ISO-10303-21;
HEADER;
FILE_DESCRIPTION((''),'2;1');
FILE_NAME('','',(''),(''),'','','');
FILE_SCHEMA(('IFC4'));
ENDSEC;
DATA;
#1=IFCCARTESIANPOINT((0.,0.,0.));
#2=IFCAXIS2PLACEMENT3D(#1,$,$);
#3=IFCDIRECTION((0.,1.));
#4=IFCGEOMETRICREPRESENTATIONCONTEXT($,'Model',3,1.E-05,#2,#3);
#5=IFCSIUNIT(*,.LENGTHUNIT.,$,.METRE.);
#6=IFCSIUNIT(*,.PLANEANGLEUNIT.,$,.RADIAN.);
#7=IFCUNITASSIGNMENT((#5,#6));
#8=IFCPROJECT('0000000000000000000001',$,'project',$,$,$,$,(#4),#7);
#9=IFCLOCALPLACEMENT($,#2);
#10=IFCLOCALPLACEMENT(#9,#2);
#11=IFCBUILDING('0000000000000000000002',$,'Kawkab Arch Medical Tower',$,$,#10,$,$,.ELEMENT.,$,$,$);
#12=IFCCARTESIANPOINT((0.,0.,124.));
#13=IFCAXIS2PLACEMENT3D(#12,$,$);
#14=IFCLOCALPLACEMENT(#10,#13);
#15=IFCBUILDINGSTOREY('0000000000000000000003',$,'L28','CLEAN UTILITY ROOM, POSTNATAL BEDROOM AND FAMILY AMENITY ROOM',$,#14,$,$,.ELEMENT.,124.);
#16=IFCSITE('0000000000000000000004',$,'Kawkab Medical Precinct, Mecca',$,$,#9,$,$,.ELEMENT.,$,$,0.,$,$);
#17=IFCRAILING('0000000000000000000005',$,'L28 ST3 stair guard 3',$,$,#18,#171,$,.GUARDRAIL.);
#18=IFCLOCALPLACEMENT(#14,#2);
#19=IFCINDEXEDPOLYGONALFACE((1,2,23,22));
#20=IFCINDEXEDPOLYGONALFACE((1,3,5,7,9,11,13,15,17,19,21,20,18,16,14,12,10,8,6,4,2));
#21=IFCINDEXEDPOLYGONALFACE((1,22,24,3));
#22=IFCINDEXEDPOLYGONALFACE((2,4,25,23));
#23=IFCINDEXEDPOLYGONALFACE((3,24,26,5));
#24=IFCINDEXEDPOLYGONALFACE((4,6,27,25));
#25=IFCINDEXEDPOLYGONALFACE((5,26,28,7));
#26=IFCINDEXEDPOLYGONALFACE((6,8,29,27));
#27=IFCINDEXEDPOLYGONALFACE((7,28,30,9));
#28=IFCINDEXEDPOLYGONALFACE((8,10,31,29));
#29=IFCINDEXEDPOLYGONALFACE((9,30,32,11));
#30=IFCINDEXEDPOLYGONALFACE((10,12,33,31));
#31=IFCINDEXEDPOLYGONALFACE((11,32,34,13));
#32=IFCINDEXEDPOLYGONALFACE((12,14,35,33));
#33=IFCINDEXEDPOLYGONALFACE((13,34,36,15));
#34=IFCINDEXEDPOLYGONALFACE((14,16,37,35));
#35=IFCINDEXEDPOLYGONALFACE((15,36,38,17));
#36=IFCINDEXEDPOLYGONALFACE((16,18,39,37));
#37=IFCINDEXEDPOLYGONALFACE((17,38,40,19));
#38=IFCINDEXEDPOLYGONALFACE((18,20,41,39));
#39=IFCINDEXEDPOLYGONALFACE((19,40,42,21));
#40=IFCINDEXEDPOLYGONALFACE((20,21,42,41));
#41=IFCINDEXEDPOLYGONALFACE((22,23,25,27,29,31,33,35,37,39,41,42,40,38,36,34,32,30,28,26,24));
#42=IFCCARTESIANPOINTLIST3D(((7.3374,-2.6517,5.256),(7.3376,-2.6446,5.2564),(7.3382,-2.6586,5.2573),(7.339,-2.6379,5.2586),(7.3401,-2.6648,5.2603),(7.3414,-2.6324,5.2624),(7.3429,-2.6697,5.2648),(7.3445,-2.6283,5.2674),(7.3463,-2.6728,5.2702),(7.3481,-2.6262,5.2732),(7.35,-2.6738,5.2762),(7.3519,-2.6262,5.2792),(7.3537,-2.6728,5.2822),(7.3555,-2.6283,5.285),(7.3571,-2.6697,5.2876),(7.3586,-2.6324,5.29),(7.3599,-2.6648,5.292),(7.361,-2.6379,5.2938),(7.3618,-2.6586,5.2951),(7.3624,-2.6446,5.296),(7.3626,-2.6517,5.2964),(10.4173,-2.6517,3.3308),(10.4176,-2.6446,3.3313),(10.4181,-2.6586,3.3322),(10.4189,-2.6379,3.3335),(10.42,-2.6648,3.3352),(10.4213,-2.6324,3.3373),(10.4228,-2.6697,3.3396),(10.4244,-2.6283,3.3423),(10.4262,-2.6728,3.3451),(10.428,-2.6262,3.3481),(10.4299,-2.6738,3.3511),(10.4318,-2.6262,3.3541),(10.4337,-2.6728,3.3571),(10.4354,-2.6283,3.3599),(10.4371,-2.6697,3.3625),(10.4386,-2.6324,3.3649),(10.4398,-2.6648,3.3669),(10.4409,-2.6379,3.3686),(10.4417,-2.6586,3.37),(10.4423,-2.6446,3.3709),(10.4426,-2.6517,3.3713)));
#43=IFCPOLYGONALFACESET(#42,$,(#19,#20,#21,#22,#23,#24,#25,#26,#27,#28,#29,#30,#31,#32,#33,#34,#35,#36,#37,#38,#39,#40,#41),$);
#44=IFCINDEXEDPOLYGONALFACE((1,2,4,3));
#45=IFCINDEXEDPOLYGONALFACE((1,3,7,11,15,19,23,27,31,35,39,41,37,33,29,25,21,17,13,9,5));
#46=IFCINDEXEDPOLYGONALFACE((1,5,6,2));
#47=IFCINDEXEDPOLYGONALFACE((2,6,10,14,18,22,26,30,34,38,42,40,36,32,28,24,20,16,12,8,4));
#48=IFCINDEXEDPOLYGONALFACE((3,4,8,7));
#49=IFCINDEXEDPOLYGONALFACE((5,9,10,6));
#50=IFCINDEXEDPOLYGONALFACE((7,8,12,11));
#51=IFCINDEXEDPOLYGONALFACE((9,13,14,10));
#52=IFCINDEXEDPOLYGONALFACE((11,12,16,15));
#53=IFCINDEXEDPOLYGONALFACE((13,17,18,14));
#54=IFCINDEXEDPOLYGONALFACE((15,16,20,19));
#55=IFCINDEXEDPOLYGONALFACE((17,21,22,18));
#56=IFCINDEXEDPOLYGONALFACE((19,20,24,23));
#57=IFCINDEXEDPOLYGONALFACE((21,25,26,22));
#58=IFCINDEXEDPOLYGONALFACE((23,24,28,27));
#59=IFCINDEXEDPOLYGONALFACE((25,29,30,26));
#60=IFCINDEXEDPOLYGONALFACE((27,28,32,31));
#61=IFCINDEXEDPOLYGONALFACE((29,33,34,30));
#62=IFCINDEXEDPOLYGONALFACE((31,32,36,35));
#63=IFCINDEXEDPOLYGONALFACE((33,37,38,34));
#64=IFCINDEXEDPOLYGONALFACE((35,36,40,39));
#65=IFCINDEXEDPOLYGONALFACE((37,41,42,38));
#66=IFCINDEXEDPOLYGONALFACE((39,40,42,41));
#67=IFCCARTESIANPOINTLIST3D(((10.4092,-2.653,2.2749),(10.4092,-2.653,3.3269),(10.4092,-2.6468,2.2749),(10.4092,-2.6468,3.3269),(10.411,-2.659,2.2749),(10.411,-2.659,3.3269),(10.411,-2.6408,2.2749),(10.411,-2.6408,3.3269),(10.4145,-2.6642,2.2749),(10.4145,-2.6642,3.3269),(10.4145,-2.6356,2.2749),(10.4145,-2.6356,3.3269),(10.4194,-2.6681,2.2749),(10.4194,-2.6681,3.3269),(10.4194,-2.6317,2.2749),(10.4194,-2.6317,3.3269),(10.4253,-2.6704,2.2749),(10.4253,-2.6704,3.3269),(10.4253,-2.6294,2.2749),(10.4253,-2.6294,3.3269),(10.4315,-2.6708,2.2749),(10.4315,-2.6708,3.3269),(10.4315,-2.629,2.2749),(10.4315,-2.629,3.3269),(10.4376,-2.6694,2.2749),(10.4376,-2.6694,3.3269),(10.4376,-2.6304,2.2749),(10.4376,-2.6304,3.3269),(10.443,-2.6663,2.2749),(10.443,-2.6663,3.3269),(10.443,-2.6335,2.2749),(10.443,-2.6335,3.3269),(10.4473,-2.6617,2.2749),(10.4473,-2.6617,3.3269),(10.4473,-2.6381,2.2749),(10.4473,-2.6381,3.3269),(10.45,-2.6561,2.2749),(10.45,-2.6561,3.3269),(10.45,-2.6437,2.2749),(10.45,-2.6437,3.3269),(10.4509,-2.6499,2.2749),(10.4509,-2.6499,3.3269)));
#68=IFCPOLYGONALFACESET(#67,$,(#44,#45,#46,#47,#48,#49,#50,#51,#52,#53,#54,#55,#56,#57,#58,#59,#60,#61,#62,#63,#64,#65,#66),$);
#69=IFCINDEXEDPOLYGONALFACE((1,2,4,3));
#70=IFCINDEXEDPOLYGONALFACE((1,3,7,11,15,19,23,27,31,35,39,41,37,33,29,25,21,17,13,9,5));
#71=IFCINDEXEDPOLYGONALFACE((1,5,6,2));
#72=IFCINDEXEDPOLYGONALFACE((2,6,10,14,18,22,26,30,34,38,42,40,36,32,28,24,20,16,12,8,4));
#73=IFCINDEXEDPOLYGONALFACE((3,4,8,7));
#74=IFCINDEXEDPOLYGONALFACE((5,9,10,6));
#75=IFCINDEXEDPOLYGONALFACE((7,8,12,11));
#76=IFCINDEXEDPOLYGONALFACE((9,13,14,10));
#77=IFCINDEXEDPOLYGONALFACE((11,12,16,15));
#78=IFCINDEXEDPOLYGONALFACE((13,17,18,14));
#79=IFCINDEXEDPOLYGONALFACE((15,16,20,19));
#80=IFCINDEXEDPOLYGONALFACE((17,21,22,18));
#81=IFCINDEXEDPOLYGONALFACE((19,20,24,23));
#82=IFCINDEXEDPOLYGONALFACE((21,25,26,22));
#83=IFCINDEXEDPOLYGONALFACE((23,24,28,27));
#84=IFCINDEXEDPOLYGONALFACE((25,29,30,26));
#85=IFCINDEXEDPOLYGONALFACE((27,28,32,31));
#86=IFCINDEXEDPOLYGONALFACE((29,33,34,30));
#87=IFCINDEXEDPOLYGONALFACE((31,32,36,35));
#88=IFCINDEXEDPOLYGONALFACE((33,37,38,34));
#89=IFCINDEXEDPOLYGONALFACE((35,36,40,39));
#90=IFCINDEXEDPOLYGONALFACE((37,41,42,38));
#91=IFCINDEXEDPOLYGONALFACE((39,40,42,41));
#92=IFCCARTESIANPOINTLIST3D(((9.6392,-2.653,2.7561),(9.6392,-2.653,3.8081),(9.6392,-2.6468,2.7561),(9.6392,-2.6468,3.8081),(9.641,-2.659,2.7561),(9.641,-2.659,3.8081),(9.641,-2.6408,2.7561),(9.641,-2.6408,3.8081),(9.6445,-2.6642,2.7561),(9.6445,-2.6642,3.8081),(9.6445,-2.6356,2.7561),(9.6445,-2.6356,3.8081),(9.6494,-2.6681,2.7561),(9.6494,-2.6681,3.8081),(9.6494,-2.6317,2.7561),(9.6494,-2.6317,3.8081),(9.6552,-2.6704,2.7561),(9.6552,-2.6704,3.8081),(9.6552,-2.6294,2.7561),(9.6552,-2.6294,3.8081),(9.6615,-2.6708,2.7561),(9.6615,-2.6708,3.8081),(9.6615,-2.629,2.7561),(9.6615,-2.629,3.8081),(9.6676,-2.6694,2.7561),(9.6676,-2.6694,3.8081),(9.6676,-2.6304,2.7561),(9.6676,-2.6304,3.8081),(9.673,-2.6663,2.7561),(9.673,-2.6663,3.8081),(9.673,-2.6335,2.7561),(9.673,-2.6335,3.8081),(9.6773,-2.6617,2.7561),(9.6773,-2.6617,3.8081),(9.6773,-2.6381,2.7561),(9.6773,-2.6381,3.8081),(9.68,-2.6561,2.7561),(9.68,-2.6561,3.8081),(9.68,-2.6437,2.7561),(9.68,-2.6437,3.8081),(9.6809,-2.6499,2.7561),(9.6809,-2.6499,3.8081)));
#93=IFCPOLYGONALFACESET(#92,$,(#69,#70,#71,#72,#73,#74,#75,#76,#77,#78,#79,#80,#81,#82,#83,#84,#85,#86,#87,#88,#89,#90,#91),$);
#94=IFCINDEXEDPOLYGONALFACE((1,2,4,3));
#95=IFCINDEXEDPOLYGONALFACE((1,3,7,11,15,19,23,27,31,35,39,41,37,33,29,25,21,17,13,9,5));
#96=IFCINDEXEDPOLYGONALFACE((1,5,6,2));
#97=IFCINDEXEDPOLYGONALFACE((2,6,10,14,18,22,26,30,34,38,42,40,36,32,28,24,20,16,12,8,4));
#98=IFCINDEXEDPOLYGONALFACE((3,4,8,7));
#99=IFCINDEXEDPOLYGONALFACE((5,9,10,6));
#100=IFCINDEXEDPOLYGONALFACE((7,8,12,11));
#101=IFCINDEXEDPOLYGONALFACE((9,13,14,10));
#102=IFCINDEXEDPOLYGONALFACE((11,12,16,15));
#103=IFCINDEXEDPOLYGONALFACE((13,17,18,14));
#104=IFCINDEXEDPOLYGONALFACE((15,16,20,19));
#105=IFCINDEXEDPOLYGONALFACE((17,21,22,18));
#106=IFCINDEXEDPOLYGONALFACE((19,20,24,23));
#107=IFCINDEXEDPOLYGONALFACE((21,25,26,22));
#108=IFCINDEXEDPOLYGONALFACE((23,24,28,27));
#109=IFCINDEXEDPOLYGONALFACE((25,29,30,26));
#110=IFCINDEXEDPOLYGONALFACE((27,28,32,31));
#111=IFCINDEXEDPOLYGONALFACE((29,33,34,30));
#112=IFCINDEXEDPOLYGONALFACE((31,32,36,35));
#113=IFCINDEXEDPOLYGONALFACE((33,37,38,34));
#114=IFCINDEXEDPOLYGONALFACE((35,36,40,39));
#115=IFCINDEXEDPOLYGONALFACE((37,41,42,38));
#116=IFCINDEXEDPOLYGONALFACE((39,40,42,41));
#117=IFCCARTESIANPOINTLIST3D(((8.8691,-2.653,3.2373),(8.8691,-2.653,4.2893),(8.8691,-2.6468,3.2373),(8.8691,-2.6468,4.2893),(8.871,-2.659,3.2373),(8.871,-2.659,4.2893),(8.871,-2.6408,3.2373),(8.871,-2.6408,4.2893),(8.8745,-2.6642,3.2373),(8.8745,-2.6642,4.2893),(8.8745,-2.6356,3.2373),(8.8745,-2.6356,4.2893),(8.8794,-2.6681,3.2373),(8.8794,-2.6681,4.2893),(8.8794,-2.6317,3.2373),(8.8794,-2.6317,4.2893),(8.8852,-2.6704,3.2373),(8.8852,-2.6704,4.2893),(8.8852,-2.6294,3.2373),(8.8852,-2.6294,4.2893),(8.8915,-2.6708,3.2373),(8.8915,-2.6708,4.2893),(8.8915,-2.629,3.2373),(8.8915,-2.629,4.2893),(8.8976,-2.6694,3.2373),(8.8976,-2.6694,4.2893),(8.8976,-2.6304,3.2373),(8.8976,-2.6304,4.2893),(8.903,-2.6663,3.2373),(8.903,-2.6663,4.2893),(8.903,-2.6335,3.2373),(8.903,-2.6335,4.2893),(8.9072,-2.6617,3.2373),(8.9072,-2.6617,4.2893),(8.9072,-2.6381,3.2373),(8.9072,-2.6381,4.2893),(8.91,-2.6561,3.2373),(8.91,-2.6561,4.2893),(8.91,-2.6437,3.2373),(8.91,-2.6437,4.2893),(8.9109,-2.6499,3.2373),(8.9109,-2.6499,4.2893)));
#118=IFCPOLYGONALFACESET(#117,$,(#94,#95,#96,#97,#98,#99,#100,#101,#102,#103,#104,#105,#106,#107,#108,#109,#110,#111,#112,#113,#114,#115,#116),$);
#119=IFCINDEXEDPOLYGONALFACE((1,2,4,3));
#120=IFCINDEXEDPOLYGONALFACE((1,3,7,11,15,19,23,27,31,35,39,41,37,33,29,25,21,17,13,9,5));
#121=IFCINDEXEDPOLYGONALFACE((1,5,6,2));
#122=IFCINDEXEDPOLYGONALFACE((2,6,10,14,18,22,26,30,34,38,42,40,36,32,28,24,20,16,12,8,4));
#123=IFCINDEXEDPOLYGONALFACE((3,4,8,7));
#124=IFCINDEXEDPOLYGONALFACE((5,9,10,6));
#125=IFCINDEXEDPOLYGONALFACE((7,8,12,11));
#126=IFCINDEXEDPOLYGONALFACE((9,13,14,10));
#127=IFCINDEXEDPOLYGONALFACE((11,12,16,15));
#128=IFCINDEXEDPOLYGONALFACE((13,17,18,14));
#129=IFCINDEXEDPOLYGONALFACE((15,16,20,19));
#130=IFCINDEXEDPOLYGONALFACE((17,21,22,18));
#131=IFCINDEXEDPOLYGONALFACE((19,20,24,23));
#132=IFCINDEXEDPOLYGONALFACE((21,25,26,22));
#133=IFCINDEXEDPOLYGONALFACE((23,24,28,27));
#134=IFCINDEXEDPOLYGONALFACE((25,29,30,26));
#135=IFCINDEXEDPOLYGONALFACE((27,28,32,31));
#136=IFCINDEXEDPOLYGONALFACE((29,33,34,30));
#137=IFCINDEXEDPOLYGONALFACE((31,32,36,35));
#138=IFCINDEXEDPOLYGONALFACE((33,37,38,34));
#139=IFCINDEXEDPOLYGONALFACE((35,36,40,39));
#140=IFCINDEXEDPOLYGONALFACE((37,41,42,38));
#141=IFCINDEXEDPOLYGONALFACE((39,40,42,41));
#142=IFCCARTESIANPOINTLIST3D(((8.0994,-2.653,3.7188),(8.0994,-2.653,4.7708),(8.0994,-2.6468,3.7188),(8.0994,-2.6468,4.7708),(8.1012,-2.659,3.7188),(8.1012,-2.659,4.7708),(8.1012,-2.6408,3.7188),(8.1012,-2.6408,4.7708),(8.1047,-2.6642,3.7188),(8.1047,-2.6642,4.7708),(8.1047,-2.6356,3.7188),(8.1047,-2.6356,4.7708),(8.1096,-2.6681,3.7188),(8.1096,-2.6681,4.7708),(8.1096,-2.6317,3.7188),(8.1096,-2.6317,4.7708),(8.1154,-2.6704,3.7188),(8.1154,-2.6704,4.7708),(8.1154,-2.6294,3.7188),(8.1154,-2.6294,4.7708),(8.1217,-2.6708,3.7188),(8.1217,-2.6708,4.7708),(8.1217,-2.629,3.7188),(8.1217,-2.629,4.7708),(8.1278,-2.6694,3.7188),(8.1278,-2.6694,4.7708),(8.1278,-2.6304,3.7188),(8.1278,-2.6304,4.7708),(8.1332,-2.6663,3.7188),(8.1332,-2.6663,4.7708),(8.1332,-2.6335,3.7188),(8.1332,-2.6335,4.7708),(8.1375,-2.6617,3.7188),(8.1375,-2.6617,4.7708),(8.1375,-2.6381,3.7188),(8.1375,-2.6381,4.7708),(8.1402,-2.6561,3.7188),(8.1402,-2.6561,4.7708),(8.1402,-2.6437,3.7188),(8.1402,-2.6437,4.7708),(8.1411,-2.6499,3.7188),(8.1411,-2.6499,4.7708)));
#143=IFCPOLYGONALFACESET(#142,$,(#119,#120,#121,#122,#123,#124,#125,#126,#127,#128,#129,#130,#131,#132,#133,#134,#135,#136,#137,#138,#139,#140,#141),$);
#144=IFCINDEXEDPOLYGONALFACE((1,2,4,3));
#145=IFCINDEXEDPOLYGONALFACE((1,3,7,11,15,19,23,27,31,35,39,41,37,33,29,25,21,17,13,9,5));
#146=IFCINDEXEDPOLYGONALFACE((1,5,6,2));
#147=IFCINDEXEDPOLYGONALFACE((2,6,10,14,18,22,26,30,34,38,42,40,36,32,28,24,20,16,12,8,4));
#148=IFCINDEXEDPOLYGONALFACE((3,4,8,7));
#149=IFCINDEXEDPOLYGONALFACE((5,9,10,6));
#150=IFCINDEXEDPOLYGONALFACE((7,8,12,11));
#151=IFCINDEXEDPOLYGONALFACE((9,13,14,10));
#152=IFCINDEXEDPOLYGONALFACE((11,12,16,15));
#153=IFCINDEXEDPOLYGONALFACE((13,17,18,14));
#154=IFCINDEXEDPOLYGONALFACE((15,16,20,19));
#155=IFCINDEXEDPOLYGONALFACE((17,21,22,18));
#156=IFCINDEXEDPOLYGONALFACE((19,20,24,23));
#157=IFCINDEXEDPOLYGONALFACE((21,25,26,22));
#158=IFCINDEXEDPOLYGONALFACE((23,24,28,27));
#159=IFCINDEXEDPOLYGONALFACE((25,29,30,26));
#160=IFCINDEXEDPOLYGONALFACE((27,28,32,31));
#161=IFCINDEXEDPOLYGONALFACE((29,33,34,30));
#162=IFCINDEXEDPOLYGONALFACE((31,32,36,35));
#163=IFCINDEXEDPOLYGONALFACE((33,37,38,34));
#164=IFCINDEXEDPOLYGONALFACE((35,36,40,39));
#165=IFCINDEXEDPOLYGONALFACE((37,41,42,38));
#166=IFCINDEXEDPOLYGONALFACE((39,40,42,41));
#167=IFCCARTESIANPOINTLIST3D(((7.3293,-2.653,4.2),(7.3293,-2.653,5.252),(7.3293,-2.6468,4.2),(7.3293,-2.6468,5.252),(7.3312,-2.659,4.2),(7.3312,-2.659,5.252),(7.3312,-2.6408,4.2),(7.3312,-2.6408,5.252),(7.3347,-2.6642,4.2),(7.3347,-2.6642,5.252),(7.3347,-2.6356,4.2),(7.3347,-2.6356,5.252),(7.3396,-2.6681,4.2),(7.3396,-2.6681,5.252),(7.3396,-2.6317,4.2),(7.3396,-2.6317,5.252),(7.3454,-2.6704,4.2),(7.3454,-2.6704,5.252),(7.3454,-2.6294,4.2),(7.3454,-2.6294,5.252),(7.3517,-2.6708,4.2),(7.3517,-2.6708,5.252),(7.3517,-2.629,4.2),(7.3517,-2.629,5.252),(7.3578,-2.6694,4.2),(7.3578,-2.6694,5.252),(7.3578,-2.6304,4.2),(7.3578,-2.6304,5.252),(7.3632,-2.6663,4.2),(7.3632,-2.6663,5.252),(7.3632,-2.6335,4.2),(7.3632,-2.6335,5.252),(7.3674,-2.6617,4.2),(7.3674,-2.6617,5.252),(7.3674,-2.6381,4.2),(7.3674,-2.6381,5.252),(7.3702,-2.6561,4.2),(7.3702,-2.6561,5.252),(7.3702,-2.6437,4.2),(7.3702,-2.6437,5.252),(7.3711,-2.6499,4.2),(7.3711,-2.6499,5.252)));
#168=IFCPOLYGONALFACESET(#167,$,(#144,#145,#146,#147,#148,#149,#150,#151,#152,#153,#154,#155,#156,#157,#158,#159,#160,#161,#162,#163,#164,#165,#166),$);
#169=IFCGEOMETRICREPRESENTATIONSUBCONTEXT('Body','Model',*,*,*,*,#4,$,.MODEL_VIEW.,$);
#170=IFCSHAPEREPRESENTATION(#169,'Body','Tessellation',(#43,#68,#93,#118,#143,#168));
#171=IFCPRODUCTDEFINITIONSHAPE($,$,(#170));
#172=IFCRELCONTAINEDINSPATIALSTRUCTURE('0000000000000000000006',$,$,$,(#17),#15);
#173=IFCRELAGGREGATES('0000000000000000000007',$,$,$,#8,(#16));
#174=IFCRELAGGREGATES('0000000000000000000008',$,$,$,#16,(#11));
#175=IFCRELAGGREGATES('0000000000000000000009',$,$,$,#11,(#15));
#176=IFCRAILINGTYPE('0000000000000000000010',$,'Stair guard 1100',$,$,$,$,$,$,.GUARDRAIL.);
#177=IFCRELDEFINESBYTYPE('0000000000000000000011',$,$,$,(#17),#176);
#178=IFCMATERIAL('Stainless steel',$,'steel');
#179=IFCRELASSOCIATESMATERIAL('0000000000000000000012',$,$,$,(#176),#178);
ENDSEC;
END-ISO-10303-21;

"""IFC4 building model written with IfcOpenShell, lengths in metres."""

from ifc_helpers import new_model, si_unit, direction, frame, origin, origin_2d, place, context, subcontext, project, spatial, circle, extrude, material, type_object, element, save


model = new_model("IFC4")

# Units and contexts
model_context = context("Model", 3, precision=1e-05, world=origin(), true_north=direction((0.0, 1.0)))
body_context = subcontext(model_context, "Body", "Model", "MODEL_VIEW")
ifc_project = project(units=[si_unit("LENGTHUNIT", "METRE"), si_unit("PLANEANGLEUNIT", "RADIAN")], contexts=[model_context])

# Site, building, storey
site_placement = place(None, origin())
site = spatial("IfcSite", under=ifc_project, at=site_placement, Name="Kawkab Medical Precinct, Mecca", CompositionType="ELEMENT", RefElevation=0.0)
building_placement = place(site_placement, origin())
building = spatial("IfcBuilding", under=site, at=building_placement, Name="Kawkab Arch Medical Tower", CompositionType="ELEMENT")
storey_placement = place(building_placement, frame((0.0, 0.0, 124.0)))
storey = spatial("IfcBuildingStorey", under=building, at=storey_placement, Name="L28", Description="CLEAN UTILITY ROOM, POSTNATAL BEDROOM AND FAMILY AMENITY ROOM", CompositionType="ELEMENT", Elevation=124.0)

# Railing
ifc_material_1 = material(Name="Stainless steel", Category="steel")
railing_type_1 = type_object("IfcRailingType", Name="Stair guard 1100", PredefinedType="GUARDRAIL", material=ifc_material_1)
railing_1_placement = place(storey_placement, frame((10.4299, -2.6499, 2.2749)))
element("IfcRailing", 1, at=railing_1_placement, inside=storey, type_object=railing_type_1, Name="L28 ST3 stair guard 3", PredefinedType="GUARDRAIL", context=body_context, shape_type="SweptSolid", body=[
    extrude(circle(Radius=0.0239, at=origin_2d()), frame((0.0, 0.0, 1.0762), z_axis=(-0.847979, 0.0, 0.530029), x_axis=(0.0, -1.0, 0.0)), (0.0, 0.0, 1.0), 3.6321),
    extrude(circle(Radius=0.021, at=origin_2d()), origin(), (0.0, 0.0, 1.0), 1.052),
    extrude(circle(Radius=0.021, at=origin_2d()), frame((-0.77, 0.0, 0.4812)), (0.0, 0.0, 1.0), 1.052),
    extrude(circle(Radius=0.021, at=origin_2d()), frame((-1.54, 0.0, 0.9624)), (0.0, 0.0, 1.0), 1.052),
    extrude(circle(Radius=0.021, at=origin_2d()), frame((-2.3098, 0.0, 1.4438)), (0.0, 0.0, 1.0), 1.052),
    extrude(circle(Radius=0.021, at=origin_2d()), frame((-3.0798, 0.0, 1.925)), (0.0, 0.0, 1.0), 1.052),
])

save(model, "model.ifc")
